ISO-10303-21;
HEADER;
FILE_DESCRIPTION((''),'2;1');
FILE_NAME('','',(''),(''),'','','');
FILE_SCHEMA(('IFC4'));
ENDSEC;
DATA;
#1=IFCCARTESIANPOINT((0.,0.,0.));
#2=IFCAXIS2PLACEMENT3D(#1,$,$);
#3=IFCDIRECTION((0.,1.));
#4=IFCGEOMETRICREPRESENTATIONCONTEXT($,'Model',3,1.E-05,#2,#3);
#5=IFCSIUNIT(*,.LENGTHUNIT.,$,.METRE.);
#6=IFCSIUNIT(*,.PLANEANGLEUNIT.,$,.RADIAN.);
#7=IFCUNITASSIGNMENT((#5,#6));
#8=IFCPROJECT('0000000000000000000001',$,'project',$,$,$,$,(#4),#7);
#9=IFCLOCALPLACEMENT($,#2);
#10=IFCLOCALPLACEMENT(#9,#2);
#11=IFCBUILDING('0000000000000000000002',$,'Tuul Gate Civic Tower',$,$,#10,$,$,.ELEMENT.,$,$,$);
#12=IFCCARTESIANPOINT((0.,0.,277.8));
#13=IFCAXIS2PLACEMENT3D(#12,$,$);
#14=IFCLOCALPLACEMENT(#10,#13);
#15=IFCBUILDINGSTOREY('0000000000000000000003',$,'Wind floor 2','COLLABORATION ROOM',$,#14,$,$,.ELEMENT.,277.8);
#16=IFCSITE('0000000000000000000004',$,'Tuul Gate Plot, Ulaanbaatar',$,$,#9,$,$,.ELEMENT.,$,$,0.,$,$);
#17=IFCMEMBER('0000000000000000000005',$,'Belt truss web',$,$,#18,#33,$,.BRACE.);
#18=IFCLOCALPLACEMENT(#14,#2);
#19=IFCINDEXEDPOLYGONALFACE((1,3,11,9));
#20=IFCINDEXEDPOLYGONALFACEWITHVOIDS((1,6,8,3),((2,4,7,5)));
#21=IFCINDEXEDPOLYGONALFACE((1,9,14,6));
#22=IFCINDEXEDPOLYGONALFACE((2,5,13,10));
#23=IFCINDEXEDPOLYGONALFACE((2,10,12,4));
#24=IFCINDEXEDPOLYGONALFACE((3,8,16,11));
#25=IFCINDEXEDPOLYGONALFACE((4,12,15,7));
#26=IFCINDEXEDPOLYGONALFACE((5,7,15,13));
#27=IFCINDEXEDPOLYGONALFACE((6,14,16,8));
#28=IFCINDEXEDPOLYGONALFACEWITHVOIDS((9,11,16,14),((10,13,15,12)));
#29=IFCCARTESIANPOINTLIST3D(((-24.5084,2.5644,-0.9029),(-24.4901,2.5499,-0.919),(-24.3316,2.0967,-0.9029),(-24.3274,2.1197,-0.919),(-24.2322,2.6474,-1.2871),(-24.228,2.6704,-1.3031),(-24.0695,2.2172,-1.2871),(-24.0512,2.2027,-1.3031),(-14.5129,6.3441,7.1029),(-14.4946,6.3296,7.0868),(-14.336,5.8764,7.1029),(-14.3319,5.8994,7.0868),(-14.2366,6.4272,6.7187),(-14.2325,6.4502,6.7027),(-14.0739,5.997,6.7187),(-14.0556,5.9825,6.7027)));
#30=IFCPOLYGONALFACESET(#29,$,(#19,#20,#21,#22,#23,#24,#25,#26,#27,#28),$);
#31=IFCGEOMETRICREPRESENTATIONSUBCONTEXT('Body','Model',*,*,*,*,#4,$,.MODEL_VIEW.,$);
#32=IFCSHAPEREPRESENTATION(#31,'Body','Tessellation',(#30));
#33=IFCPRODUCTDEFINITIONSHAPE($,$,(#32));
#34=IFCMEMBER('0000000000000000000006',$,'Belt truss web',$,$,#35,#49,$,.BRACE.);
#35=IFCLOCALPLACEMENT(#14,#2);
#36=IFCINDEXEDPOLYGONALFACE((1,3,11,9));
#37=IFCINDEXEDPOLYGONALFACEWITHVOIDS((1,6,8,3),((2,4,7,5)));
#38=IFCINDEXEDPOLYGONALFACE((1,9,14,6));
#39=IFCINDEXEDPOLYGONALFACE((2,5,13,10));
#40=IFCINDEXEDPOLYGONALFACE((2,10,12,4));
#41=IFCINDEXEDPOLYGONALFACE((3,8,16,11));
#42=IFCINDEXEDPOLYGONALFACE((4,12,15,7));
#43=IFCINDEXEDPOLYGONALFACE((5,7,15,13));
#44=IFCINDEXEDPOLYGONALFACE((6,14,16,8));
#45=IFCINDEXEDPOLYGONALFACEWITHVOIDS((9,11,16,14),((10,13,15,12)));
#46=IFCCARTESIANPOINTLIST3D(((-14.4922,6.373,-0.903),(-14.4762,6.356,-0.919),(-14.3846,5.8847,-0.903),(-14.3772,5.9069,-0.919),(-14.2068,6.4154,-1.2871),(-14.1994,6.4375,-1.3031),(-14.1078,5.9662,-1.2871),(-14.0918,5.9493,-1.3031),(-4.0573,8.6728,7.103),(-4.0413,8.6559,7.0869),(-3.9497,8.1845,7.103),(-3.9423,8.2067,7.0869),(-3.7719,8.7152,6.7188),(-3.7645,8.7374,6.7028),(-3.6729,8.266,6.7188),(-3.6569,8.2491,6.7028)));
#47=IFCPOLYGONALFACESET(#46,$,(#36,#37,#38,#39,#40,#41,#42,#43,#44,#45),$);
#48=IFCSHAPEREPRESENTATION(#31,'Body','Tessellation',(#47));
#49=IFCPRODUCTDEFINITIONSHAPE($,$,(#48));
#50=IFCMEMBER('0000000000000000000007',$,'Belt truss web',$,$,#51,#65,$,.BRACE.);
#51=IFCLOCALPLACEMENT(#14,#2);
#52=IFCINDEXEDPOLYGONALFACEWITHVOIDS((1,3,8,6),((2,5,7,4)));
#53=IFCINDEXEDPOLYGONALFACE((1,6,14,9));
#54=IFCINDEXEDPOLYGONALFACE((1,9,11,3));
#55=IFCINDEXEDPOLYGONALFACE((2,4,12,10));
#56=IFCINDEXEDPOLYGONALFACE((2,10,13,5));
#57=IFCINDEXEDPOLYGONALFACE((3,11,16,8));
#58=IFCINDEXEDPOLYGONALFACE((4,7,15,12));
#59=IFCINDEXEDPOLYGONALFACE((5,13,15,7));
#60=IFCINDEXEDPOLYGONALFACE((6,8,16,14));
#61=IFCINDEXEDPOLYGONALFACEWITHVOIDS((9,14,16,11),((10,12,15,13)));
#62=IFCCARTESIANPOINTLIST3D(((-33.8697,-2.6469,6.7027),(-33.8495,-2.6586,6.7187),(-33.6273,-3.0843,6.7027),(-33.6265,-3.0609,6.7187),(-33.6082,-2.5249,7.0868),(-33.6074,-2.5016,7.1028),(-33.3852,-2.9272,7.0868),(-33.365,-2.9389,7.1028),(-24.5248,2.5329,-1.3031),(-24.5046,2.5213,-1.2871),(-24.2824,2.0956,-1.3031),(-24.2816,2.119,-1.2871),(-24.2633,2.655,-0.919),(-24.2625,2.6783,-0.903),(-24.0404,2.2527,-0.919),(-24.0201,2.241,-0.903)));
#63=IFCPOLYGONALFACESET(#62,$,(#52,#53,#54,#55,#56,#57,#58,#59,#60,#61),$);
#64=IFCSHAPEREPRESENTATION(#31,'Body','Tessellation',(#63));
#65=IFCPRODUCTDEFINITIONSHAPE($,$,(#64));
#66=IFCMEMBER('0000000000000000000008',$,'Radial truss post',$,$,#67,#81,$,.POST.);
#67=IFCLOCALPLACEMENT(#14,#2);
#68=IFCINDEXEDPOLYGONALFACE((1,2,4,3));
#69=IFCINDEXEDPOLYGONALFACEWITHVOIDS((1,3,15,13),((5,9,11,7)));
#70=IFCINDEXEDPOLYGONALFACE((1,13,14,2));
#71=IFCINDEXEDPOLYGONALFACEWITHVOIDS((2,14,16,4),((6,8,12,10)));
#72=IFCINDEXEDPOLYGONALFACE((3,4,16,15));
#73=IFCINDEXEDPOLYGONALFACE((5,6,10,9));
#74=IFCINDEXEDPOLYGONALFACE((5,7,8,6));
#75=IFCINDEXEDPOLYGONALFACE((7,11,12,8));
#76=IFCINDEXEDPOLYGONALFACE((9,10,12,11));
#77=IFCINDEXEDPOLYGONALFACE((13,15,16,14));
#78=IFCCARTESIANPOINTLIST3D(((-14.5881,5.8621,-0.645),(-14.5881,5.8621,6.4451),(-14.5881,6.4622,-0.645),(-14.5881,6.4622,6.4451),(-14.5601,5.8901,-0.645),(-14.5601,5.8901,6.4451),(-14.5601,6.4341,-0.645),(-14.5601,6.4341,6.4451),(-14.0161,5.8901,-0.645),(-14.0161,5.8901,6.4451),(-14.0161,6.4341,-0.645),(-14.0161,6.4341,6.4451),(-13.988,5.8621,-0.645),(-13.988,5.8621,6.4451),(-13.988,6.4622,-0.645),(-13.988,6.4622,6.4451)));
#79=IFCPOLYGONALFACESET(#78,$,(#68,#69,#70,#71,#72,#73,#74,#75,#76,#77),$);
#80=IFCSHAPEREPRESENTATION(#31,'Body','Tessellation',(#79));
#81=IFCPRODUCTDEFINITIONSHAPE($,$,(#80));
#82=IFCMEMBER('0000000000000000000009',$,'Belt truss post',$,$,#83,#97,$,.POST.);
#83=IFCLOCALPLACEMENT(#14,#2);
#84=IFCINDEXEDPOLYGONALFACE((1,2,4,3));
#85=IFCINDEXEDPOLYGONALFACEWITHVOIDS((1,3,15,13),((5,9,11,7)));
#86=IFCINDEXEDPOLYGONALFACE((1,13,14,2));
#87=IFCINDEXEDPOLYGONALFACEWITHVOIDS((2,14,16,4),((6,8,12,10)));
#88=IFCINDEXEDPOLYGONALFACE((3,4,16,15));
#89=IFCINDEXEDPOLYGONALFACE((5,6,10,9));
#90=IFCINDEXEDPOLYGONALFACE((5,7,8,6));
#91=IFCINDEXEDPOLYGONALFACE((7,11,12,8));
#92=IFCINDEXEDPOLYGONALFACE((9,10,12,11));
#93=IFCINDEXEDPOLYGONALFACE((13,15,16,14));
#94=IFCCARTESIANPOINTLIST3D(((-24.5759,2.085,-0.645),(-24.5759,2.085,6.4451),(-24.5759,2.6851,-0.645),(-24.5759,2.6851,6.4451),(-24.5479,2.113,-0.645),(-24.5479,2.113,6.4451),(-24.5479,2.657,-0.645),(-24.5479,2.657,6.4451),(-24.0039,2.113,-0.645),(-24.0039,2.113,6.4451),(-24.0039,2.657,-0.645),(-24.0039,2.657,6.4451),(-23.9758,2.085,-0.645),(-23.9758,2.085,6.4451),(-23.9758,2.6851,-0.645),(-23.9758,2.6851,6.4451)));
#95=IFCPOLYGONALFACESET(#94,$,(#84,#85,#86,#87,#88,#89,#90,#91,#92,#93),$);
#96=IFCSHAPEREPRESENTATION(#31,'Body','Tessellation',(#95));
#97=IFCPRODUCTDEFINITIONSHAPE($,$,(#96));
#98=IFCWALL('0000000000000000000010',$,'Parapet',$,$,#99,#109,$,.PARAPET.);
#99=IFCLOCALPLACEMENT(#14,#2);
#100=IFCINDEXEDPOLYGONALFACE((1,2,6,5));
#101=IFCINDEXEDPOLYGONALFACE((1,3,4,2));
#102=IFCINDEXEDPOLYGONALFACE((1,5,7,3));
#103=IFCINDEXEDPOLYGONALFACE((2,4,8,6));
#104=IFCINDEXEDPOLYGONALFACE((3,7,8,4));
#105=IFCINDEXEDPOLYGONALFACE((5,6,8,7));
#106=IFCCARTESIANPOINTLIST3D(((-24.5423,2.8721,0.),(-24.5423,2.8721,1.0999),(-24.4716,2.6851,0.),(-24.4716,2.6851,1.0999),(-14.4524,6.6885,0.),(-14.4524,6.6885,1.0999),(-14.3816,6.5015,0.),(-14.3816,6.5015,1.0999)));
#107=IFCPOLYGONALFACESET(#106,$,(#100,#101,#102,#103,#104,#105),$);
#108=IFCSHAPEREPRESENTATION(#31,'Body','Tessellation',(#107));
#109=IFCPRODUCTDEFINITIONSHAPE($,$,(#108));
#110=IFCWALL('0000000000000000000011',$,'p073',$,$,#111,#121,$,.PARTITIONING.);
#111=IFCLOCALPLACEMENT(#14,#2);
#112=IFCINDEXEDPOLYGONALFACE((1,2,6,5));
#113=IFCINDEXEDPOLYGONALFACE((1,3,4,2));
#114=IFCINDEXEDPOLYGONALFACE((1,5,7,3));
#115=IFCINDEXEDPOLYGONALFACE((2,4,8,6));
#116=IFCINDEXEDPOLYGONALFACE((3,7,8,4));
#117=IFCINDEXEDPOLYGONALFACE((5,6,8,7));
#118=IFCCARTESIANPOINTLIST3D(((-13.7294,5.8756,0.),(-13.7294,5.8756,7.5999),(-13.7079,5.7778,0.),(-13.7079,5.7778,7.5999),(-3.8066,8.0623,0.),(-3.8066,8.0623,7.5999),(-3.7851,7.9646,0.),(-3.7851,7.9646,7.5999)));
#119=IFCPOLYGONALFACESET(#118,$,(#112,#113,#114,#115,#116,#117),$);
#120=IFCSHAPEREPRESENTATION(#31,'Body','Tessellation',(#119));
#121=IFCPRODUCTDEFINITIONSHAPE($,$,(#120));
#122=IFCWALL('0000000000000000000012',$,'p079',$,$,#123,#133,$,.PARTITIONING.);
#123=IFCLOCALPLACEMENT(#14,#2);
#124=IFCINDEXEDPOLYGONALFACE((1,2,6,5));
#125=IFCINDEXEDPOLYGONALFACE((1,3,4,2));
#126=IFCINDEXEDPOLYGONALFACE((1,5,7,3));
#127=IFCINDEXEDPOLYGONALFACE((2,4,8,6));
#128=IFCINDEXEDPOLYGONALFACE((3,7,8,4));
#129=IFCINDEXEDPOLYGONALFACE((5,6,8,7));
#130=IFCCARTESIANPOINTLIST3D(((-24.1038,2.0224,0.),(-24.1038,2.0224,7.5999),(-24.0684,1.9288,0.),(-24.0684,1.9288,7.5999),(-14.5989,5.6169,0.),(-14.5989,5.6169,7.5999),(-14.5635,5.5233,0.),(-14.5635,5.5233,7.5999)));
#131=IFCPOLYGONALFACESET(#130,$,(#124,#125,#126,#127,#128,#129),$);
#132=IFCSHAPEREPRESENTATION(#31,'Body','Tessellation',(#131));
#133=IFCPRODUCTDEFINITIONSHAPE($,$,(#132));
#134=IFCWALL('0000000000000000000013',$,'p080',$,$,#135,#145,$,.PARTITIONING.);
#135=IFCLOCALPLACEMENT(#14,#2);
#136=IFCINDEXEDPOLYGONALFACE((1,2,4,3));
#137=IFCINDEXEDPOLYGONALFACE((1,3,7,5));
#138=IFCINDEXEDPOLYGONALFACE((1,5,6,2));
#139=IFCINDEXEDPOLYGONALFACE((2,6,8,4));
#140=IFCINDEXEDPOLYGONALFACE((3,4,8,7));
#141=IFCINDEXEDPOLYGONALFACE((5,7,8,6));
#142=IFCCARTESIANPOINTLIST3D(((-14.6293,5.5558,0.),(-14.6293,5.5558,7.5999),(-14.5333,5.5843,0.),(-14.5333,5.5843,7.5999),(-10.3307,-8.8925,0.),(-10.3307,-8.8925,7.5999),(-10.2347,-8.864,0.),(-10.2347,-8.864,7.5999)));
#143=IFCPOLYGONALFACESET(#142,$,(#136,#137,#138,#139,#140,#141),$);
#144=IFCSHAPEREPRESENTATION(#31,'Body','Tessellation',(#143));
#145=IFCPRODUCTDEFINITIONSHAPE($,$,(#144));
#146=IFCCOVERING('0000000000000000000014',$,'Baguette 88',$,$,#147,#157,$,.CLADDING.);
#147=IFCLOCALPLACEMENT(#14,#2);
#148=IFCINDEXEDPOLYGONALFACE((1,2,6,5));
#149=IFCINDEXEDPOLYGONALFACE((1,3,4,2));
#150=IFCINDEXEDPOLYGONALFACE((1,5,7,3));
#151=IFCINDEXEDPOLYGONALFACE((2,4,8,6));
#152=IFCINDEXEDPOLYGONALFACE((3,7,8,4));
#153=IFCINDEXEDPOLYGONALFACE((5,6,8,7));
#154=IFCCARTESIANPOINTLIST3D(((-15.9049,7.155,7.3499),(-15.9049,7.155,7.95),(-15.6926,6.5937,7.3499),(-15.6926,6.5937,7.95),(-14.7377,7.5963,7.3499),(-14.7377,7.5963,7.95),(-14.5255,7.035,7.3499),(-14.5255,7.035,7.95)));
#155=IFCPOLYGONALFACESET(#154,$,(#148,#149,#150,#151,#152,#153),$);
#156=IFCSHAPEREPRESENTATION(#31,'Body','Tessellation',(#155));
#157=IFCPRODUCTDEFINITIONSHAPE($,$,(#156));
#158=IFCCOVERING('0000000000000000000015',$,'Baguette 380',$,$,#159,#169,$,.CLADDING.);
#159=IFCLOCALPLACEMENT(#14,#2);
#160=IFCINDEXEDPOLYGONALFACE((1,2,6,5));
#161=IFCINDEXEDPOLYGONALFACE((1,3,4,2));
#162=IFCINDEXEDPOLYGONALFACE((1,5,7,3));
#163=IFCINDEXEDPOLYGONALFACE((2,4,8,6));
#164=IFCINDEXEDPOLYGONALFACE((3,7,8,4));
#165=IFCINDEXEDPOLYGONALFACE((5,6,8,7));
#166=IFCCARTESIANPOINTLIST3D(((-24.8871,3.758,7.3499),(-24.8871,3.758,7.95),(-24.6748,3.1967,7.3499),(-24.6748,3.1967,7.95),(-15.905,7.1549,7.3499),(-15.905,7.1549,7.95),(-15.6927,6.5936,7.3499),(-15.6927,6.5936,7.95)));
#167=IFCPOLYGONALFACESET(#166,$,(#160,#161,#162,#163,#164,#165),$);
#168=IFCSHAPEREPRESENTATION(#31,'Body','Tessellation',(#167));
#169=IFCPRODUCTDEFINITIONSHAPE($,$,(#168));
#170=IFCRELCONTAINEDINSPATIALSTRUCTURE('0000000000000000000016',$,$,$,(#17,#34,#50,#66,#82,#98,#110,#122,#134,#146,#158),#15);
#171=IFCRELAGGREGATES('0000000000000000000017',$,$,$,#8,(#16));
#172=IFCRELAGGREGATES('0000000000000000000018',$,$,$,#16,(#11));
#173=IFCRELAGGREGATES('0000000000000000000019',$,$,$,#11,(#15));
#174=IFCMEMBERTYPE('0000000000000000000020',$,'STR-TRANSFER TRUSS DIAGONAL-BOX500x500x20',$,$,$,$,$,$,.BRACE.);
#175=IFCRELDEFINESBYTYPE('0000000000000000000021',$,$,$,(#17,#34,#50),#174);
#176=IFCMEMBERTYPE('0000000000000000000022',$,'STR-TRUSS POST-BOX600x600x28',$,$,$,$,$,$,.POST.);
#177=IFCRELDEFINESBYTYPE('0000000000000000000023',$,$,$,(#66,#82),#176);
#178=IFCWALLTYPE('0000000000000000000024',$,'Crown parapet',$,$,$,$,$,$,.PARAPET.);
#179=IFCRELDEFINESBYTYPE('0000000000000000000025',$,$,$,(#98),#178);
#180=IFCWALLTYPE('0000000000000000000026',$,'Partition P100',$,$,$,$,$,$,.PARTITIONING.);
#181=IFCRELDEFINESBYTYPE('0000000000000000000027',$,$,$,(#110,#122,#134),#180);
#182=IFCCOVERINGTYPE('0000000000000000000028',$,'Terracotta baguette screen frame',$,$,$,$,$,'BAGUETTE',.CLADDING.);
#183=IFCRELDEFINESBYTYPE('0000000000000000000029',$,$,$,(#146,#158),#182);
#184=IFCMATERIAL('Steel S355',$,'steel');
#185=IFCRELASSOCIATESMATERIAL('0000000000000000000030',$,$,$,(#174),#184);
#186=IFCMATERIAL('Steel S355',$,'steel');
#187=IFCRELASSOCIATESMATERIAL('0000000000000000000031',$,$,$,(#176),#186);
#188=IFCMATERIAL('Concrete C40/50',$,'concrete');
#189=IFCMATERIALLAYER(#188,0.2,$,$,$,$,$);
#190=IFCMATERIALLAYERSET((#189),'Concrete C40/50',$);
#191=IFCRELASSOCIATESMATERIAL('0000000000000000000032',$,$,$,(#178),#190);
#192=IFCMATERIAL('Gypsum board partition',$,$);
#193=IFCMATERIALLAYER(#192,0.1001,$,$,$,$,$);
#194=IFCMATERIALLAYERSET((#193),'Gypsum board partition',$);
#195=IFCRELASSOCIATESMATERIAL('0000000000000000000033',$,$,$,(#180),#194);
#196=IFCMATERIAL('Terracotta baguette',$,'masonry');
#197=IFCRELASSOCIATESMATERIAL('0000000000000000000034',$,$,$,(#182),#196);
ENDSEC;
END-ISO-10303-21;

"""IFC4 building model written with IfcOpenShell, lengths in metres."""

from ifc_helpers import new_model, si_unit, direction, frame, frame_2d, origin, origin_2d, place, context, subcontext, project, spatial, rectangle, hollow_rectangle, extrude, material, layer, layer_set, material_profile, profile_set, type_object, element, save


model = new_model("IFC4")

# Units and contexts
model_context = context("Model", 3, precision=1e-05, world=origin(), true_north=direction((0.0, 1.0)))
body_context = subcontext(model_context, "Body", "Model", "MODEL_VIEW")
ifc_project = project(units=[si_unit("LENGTHUNIT", "METRE"), si_unit("PLANEANGLEUNIT", "RADIAN")], contexts=[model_context])

# Site, building, storey
site_placement = place(None, origin())
site = spatial("IfcSite", under=ifc_project, at=site_placement, Name="Tuul Gate Plot, Ulaanbaatar", CompositionType="ELEMENT", RefElevation=0.0)
building_placement = place(site_placement, origin())
building = spatial("IfcBuilding", under=site, at=building_placement, Name="Tuul Gate Civic Tower", CompositionType="ELEMENT")
storey_placement = place(building_placement, frame((0.0, 0.0, 277.8)))
storey = spatial("IfcBuildingStorey", under=building, at=storey_placement, Name="Wind floor 2", Description="COLLABORATION ROOM", CompositionType="ELEMENT", Elevation=277.8)

# Members
ifc_material_1 = material(Name="Steel S355", Category="steel")
ifc_material_profile_1 = material_profile(ifc_material_1, hollow_rectangle(XDim=0.5, YDim=0.5, WallThickness=0.02, at=origin_2d()), Name="BOX500x500x20")
ifc_profile_set_1 = profile_set([ifc_material_profile_1], Name="Steel S355")
member_type_1 = type_object("IfcMemberType", Name="STR-TRANSFER TRUSS DIAGONAL-BOX500x500x20", PredefinedType="BRACE", material=ifc_profile_set_1)
member_1_placement = place(storey_placement, frame((-24.2798, 2.3835, -1.103), z_axis=(0.748587, 0.283074, 0.599572), x_axis=(-0.353701, 0.935359, 0.0)))
element("IfcMember", 1, at=member_1_placement, inside=storey, type_object=member_type_1, Name="Belt truss web", PredefinedType="BRACE", context=body_context, shape_type="SweptSolid", body=[
    extrude(hollow_rectangle(XDim=0.5, YDim=0.5, WallThickness=0.02, at=origin_2d()), origin(), (0.0, 0.0, 1.0), 13.3525),
])
member_2_placement = place(storey_placement, frame((-14.292, 6.1611, -1.103), z_axis=(0.781534, 0.172248, 0.599613), x_axis=(-0.215232, 0.976563, 0.0)))
element("IfcMember", 2, at=member_2_placement, inside=storey, type_object=member_type_1, Name="Belt truss web", PredefinedType="BRACE", context=body_context, shape_type="SweptSolid", body=[
    extrude(hollow_rectangle(XDim=0.5, YDim=0.5, WallThickness=0.02, at=origin_2d()), origin(), (0.0, 0.0, 1.0), 13.3518),
])
member_3_placement = place(storey_placement, frame((-24.2725, 2.387, -1.103), z_axis=(-0.699936, -0.387976, 0.599637), x_axis=(0.484805, -0.874622, 0.0)))
element("IfcMember", 3, at=member_3_placement, inside=storey, type_object=member_type_1, Name="Belt truss web", PredefinedType="BRACE", context=body_context, shape_type="SweptSolid", body=[
    extrude(hollow_rectangle(XDim=0.5, YDim=0.5, WallThickness=0.02, at=origin_2d()), origin(), (0.0, 0.0, 1.0), 13.3511),
])
ifc_material_2 = material(Name="Steel S355", Category="steel")
ifc_material_profile_2 = material_profile(ifc_material_2, hollow_rectangle(XDim=0.6001, YDim=0.6001, WallThickness=0.0281, at=origin_2d()), Name="BOX600x600x28")
ifc_profile_set_2 = profile_set([ifc_material_profile_2], Name="Steel S355")
member_type_2 = type_object("IfcMemberType", Name="STR-TRUSS POST-BOX600x600x28", PredefinedType="POST", material=ifc_profile_set_2)
for number, where, z_axis, x_axis, name in (
    (4, (-14.2881, 6.1621, -0.645), (0.0, 0.0, 1.0), (1.0, 0.0, 0.0), "Radial truss post"),
    (5, (-24.2759, 2.385, -0.645), (0.0, 0.0, 1.0), (1.0, 0.0, 0.0), "Belt truss post"),
):
    element("IfcMember", number, at=place(storey_placement, frame(where, z_axis=z_axis, x_axis=x_axis)), inside=storey, type_object=member_type_2, Name=name, PredefinedType="POST", context=body_context, shape_type="SweptSolid", body=[
        extrude(hollow_rectangle(XDim=0.6001, YDim=0.6001, WallThickness=0.0281, at=origin_2d()), origin(), (0.0, 0.0, 1.0), 7.0901),
    ])

# Walls
ifc_material_3 = material(Name="Concrete C40/50", Category="concrete")
ifc_layer_1 = layer(ifc_material_3, 0.2)
ifc_layer_set_1 = layer_set([ifc_layer_1], Name="Concrete C40/50")
wall_type_1 = type_object("IfcWallType", Name="Crown parapet", PredefinedType="PARAPET", material=ifc_layer_set_1)
wall_1_placement = place(storey_placement, frame((-14.417, 6.595, 0.0), z_axis=(0.0, 0.0, 1.0), x_axis=(-0.935331, -0.353773, 0.0)))
element("IfcWall", 6, at=wall_1_placement, inside=storey, type_object=wall_type_1, Name="Parapet", PredefinedType="PARAPET", context=body_context, shape_type="SweptSolid", body=[
    extrude(rectangle(XDim=10.7876, YDim=0.2, at=frame_2d((5.3938, 0.0))), origin(), (0.0, 0.0, 1.0), 1.0999),
])
ifc_material_4 = material(Name="Gypsum board partition")
ifc_layer_2 = layer(ifc_material_4, 0.1001)
ifc_layer_set_2 = layer_set([ifc_layer_2], Name="Gypsum board partition")
wall_type_2 = type_object("IfcWallType", Name="Partition P100", PredefinedType="PARTITIONING", material=ifc_layer_set_2)
wall_2_placement = place(storey_placement, frame((-13.7188, 5.8267, 0.0), z_axis=(0.0, 0.0, 1.0), x_axis=(0.976567, 0.215213, 0.0)))
element("IfcWall", 7, at=wall_2_placement, inside=storey, type_object=wall_type_2, Name="p073", PredefinedType="PARTITIONING", context=body_context, shape_type="SweptSolid", body=[
    extrude(rectangle(XDim=10.1609, YDim=0.1001, at=frame_2d((5.0806, 0.0))), origin(), (0.0, 0.0, 1.0), 7.5999),
])
wall_3_placement = place(storey_placement, frame((-24.0862, 1.9756, 0.0), z_axis=(0.0, 0.0, 1.0), x_axis=(0.93535, 0.353723, 0.0)))
element("IfcWall", 8, at=wall_3_placement, inside=storey, type_object=wall_type_2, Name="p079", PredefinedType="PARTITIONING", context=body_context, shape_type="SweptSolid", body=[
    extrude(rectangle(XDim=10.1619, YDim=0.1001, at=frame_2d((5.0811, 0.0))), origin(), (0.0, 0.0, 1.0), 7.5999),
])
wall_4_placement = place(storey_placement, frame((-14.5813, 5.5701, 0.0), z_axis=(0.0, 0.0, 1.0), x_axis=(0.285163, -0.958479, 0.0)))
element("IfcWall", 9, at=wall_4_placement, inside=storey, type_object=wall_type_2, Name="p080", PredefinedType="PARTITIONING", context=body_context, shape_type="SweptSolid", body=[
    extrude(rectangle(XDim=15.0742, YDim=0.1001, at=frame_2d((7.5371, 0.0))), origin(), (0.0, 0.0, 1.0), 7.5999),
])

# Coverings
ifc_material_5 = material(Name="Terracotta baguette", Category="masonry")
ifc_material_profile_3 = material_profile(ifc_material_5, rectangle(XDim=0.6001, YDim=0.6001, at=origin_2d()), Name="Terracotta baguette screen frame")
ifc_profile_set_3 = profile_set([ifc_material_profile_3], Name="Terracotta baguette")
covering_type = type_object("IfcCoveringType", Name="Terracotta baguette screen frame", ElementType="BAGUETTE", PredefinedType="CLADDING", material=ifc_profile_set_3)
covering_1_placement = place(storey_placement, frame((-14.6316, 7.3157, 7.6499), z_axis=(-0.935353, -0.353716, 0.0), x_axis=(0.353716, -0.935353, 0.0)))
element("IfcCovering", 10, at=covering_1_placement, inside=storey, type_object=covering_type, Name="Baguette 88", PredefinedType="CLADDING", context=body_context, shape_type="SweptSolid", body=[
    extrude(rectangle(XDim=0.6001, YDim=0.6001, at=origin_2d()), origin(), (0.0, 0.0, 1.0), 1.2478),
])
covering_2_placement = place(storey_placement, frame((-15.7988, 6.8743, 7.6499), z_axis=(-0.935344, -0.353738, 0.0), x_axis=(0.353738, -0.935344, 0.0)))
element("IfcCovering", 11, at=covering_2_placement, inside=storey, type_object=covering_type, Name="Baguette 380", PredefinedType="CLADDING", context=body_context, shape_type="SweptSolid", body=[
    extrude(rectangle(XDim=0.6001, YDim=0.6001, at=origin_2d()), origin(), (0.0, 0.0, 1.0), 9.603),
])

save(model, "model.ifc")
